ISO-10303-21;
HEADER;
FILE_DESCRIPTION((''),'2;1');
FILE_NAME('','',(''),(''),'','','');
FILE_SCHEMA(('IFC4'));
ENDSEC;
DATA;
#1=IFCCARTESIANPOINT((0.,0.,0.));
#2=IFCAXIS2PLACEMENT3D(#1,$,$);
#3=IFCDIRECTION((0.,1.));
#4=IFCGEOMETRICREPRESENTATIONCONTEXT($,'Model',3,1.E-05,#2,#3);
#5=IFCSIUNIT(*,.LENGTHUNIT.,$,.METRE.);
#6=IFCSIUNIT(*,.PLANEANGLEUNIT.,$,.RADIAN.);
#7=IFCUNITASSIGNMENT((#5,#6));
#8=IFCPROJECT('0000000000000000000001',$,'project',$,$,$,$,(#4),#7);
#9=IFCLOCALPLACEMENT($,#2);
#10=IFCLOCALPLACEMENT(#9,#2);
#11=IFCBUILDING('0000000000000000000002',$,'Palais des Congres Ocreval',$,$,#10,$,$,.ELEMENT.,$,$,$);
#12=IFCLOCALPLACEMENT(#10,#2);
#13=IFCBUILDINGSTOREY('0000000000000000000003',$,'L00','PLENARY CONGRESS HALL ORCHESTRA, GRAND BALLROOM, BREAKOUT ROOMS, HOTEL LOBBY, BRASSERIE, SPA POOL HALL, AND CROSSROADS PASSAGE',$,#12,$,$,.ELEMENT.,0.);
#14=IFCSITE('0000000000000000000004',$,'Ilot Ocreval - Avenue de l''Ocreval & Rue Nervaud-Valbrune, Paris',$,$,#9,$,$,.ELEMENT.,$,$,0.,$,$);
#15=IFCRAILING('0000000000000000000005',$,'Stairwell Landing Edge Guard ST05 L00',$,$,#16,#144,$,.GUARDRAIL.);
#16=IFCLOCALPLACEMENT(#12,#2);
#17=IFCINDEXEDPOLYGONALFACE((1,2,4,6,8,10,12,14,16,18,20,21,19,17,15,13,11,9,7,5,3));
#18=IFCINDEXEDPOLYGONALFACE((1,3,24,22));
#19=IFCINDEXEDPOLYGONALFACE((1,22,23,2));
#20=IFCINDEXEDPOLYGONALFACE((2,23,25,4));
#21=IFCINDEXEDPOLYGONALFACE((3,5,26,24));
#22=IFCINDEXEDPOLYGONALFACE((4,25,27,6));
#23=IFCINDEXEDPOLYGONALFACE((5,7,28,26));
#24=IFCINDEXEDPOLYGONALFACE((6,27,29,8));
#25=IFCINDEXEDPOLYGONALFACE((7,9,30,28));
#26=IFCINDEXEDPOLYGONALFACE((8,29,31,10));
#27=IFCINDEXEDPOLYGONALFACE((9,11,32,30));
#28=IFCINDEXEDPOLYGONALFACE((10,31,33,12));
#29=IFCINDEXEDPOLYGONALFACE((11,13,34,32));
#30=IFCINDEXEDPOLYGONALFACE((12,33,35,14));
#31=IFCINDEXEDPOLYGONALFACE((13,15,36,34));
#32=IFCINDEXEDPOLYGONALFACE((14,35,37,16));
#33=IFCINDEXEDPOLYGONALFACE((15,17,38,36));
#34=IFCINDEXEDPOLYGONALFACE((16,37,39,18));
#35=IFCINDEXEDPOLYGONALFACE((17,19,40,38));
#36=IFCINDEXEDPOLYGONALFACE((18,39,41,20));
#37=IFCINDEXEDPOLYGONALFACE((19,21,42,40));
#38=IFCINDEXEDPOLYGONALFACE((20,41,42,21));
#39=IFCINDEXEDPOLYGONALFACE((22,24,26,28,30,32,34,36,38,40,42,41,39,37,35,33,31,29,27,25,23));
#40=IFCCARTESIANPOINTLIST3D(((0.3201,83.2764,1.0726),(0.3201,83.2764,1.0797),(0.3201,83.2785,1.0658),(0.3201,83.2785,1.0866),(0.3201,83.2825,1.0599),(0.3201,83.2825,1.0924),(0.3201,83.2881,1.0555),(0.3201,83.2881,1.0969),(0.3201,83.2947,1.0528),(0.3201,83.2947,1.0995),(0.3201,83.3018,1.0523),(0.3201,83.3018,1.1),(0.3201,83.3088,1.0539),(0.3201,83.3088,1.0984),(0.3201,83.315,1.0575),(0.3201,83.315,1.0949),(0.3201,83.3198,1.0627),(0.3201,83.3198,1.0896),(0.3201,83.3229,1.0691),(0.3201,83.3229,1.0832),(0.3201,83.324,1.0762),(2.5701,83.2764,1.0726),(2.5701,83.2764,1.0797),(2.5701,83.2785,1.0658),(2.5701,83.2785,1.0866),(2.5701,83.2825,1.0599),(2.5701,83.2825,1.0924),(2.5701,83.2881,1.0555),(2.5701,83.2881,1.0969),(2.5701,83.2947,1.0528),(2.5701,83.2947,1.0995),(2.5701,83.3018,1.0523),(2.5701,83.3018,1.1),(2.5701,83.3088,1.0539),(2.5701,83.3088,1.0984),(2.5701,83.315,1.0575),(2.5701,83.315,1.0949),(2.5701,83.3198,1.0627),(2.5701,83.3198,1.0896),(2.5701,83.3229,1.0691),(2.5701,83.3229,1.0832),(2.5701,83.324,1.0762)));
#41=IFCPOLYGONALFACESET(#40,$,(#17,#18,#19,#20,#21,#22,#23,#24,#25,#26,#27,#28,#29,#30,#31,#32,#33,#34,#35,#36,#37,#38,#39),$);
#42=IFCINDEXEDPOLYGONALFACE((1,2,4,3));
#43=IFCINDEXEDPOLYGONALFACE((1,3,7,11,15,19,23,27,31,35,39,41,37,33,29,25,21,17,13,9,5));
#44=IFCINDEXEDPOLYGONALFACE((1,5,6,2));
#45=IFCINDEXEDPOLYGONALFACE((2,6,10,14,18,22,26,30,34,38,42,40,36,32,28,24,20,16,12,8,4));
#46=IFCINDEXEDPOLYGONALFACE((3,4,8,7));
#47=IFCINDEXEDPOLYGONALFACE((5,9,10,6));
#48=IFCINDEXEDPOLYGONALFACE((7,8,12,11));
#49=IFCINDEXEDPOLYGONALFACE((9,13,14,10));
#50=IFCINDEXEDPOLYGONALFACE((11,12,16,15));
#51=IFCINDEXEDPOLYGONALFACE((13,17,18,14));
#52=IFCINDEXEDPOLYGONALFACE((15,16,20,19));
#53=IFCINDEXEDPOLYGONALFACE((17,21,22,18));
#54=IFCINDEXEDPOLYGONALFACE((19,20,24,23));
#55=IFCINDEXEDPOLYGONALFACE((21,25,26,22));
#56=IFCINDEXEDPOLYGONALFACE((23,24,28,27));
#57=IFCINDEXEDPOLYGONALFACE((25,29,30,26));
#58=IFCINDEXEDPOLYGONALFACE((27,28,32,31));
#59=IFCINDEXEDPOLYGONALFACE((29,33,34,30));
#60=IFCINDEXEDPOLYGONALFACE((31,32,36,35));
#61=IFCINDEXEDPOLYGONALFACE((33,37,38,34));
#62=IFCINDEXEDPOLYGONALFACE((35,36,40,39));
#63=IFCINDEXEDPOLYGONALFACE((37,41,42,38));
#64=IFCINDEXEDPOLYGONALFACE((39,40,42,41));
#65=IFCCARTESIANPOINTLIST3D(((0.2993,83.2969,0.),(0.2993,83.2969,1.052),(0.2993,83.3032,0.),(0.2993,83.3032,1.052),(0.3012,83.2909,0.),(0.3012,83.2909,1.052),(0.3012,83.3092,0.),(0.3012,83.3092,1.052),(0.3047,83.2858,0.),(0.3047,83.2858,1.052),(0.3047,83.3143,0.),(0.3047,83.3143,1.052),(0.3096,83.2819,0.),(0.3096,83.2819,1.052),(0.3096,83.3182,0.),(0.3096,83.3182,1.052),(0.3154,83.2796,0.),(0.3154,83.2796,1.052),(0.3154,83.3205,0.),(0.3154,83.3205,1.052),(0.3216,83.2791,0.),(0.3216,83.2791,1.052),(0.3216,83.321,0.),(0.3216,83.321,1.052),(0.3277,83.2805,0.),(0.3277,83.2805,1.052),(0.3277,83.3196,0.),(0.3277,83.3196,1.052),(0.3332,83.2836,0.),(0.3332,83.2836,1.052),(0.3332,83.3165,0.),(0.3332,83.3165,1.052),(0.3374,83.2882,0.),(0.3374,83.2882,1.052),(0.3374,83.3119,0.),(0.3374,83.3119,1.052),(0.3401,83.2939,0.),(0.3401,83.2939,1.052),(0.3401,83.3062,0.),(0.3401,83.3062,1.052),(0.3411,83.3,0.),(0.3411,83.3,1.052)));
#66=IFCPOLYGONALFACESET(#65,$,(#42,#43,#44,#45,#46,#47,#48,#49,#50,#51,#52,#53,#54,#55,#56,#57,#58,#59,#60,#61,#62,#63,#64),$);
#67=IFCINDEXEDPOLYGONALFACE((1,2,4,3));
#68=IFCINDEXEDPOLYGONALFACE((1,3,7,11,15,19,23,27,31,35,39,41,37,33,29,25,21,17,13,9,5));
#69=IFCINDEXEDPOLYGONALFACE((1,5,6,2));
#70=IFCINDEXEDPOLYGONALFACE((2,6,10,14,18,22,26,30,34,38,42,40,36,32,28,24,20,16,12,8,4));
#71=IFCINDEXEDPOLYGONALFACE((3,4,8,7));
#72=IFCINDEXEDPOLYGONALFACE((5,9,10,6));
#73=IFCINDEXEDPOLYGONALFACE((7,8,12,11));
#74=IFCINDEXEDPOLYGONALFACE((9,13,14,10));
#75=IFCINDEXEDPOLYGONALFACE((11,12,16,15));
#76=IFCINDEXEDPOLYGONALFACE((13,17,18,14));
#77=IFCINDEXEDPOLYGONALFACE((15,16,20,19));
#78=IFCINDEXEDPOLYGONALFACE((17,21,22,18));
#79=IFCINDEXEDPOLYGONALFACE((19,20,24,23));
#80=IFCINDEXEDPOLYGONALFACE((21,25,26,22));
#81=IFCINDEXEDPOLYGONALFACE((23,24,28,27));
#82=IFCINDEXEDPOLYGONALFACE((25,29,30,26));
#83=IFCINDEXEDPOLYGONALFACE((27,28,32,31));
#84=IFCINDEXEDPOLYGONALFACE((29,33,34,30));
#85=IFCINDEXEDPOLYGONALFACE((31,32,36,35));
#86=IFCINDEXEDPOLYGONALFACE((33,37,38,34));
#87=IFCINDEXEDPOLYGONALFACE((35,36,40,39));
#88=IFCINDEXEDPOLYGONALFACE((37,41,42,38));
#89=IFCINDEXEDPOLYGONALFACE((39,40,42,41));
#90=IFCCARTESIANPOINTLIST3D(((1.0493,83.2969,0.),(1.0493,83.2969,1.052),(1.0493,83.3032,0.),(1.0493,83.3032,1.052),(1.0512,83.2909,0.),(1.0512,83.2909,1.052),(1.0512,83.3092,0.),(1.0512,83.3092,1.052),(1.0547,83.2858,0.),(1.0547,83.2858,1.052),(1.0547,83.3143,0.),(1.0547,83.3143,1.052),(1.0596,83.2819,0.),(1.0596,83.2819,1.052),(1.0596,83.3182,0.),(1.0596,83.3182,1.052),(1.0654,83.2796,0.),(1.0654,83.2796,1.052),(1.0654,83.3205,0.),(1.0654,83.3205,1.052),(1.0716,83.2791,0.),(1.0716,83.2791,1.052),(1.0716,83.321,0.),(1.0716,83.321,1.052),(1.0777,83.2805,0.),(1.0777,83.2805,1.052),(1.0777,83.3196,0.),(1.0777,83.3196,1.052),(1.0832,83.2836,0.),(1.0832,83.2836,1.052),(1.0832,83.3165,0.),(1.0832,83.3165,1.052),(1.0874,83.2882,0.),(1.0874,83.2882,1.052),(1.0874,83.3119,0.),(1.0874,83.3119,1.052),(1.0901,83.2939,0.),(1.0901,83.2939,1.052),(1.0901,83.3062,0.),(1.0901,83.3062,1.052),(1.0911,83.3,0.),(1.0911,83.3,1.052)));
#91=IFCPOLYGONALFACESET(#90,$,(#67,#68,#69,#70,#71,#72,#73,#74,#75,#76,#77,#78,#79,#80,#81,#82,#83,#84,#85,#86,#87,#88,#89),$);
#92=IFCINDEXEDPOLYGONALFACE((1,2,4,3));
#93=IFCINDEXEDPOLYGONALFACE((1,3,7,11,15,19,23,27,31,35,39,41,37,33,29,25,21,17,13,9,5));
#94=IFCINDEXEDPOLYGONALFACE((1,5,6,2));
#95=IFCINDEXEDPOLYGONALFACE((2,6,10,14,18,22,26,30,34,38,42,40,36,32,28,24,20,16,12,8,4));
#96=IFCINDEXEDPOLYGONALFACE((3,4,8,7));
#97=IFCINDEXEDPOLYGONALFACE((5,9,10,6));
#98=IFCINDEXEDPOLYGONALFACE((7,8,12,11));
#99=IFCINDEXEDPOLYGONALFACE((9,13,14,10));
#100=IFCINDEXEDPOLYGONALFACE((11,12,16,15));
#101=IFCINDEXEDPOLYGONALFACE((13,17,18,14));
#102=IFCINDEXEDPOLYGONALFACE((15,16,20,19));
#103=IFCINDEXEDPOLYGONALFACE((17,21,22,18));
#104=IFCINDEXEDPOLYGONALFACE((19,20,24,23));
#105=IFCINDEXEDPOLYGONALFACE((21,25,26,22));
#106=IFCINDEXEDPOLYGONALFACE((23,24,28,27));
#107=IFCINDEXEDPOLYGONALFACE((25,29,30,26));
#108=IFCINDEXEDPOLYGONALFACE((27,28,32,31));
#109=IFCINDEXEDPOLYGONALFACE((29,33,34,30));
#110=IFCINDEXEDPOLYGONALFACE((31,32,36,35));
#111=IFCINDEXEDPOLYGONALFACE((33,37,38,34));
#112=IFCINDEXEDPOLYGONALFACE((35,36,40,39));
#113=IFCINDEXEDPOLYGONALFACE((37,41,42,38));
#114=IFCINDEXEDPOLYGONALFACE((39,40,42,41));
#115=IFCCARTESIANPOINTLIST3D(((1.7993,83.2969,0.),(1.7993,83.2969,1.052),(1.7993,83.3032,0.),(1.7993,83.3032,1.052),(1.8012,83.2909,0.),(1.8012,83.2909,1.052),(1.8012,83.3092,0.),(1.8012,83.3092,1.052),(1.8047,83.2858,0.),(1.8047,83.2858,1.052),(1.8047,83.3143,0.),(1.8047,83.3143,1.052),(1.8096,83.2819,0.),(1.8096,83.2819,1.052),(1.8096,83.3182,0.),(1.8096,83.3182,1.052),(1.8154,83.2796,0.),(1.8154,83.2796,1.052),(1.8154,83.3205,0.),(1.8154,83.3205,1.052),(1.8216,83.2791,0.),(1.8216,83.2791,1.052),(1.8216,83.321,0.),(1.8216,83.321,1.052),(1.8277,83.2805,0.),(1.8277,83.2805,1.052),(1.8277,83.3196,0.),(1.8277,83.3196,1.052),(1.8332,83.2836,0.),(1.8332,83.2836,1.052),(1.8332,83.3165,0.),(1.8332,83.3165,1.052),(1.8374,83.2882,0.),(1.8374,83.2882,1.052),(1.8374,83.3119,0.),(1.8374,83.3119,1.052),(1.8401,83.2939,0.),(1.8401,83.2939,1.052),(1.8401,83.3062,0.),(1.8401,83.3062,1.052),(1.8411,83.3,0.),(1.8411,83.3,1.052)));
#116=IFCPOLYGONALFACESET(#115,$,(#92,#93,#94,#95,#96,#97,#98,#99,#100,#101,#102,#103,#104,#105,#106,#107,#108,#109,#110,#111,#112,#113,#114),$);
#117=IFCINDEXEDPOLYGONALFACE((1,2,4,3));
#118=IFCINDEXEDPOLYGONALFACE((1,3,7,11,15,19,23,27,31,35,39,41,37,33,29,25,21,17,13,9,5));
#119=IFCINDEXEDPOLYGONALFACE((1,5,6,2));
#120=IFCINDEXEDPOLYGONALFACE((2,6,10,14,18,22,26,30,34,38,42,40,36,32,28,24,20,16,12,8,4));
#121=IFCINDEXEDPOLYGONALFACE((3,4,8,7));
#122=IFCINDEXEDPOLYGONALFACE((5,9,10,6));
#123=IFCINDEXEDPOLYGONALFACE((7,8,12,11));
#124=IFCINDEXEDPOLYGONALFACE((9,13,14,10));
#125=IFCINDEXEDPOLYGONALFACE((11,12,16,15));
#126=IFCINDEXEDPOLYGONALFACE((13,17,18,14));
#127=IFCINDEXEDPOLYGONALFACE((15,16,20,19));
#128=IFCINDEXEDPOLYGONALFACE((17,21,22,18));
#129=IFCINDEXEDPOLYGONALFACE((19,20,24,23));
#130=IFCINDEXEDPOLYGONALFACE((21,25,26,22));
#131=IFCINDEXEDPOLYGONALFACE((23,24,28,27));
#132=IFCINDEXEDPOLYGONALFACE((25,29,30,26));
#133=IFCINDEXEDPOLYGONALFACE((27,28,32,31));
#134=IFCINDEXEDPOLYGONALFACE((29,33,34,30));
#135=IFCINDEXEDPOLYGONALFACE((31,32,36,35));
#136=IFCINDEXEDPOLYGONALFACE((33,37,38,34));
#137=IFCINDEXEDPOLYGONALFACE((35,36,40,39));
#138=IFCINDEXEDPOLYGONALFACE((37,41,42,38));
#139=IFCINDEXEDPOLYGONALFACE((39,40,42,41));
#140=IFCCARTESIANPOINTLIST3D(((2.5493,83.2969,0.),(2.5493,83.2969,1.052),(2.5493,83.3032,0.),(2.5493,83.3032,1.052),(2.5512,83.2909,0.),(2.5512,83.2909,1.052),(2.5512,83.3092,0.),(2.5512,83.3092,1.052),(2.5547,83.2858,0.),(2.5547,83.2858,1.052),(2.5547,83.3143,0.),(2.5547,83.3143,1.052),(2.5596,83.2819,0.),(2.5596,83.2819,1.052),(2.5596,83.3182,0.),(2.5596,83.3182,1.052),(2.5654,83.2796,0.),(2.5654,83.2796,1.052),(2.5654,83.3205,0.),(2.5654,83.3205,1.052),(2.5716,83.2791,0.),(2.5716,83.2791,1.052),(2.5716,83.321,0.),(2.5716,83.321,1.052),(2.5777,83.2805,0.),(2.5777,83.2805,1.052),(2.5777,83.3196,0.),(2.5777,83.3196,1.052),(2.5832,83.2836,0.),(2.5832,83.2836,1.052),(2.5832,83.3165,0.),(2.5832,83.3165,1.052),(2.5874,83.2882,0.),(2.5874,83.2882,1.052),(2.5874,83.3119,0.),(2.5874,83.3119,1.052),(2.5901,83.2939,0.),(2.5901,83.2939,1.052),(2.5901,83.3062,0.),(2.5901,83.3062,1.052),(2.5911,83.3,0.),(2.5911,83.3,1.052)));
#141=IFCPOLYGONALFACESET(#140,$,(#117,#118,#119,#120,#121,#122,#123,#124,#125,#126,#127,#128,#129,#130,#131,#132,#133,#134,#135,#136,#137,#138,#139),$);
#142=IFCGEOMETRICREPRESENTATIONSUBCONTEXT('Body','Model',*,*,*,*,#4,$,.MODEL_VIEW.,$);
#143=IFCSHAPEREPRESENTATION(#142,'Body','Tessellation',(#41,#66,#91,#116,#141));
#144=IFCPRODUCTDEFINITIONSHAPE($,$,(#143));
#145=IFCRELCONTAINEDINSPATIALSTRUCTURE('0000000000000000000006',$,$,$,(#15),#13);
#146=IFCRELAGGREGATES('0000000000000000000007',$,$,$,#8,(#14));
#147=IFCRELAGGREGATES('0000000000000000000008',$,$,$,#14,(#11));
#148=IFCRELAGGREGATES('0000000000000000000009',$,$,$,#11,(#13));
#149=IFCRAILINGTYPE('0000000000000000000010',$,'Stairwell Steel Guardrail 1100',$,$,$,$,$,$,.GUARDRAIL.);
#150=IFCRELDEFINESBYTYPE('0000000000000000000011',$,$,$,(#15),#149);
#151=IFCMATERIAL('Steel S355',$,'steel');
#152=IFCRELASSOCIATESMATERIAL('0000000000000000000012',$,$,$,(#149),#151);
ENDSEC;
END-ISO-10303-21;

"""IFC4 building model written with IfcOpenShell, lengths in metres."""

from ifc_helpers import new_model, si_unit, direction, frame, origin, origin_2d, place, context, subcontext, project, spatial, circle, extrude, material, type_object, element, save


model = new_model("IFC4")

# Units and contexts
model_context = context("Model", 3, precision=1e-05, world=origin(), true_north=direction((0.0, 1.0)))
body_context = subcontext(model_context, "Body", "Model", "MODEL_VIEW")
ifc_project = project(units=[si_unit("LENGTHUNIT", "METRE"), si_unit("PLANEANGLEUNIT", "RADIAN")], contexts=[model_context])

# Site, building, storey
site_placement = place(None, origin())
site = spatial("IfcSite", under=ifc_project, at=site_placement, Name="Ilot Ocreval - Avenue de l'Ocreval & Rue Nervaud-Valbrune, Paris", CompositionType="ELEMENT", RefElevation=0.0)
building_placement = place(site_placement, origin())
building = spatial("IfcBuilding", under=site, at=building_placement, Name="Palais des Congres Ocreval", CompositionType="ELEMENT")
storey_placement = place(building_placement, origin())
storey = spatial("IfcBuildingStorey", under=building, at=storey_placement, Name="L00", Description="PLENARY CONGRESS HALL ORCHESTRA, GRAND BALLROOM, BREAKOUT ROOMS, HOTEL LOBBY, BRASSERIE, SPA POOL HALL, AND CROSSROADS PASSAGE", CompositionType="ELEMENT", Elevation=0.0)

# Shared definitions
ifc_material_1 = material(Name="Steel S355", Category="steel")

# Railing
railing_type_1 = type_object("IfcRailingType", Name="Stairwell Steel Guardrail 1100", PredefinedType="GUARDRAIL", material=ifc_material_1)
railing_1_placement = place(storey_placement, frame((0.3201, 83.3, 0.0)))
element("IfcRailing", 1, at=railing_1_placement, inside=storey, type_object=railing_type_1, Name="Stairwell Landing Edge Guard ST05 L00", PredefinedType="GUARDRAIL", context=body_context, shape_type="SweptSolid", body=[
    extrude(circle(Radius=0.0239, at=origin_2d()), frame((0.0, 0.0, 1.0762), z_axis=(1.0, 0.0, 0.0), x_axis=(0.0, 1.0, 0.0)), (0.0, 0.0, 1.0), 2.25),
    extrude(circle(Radius=0.021, at=origin_2d()), origin(), (0.0, 0.0, 1.0), 1.052),
    extrude(circle(Radius=0.021, at=origin_2d()), frame((0.75, 0.0, 0.0)), (0.0, 0.0, 1.0), 1.052),
    extrude(circle(Radius=0.021, at=origin_2d()), frame((1.5, 0.0, 0.0)), (0.0, 0.0, 1.0), 1.052),
    extrude(circle(Radius=0.021, at=origin_2d()), frame((2.25, 0.0, 0.0)), (0.0, 0.0, 1.0), 1.052),
])

save(model, "model.ifc")
